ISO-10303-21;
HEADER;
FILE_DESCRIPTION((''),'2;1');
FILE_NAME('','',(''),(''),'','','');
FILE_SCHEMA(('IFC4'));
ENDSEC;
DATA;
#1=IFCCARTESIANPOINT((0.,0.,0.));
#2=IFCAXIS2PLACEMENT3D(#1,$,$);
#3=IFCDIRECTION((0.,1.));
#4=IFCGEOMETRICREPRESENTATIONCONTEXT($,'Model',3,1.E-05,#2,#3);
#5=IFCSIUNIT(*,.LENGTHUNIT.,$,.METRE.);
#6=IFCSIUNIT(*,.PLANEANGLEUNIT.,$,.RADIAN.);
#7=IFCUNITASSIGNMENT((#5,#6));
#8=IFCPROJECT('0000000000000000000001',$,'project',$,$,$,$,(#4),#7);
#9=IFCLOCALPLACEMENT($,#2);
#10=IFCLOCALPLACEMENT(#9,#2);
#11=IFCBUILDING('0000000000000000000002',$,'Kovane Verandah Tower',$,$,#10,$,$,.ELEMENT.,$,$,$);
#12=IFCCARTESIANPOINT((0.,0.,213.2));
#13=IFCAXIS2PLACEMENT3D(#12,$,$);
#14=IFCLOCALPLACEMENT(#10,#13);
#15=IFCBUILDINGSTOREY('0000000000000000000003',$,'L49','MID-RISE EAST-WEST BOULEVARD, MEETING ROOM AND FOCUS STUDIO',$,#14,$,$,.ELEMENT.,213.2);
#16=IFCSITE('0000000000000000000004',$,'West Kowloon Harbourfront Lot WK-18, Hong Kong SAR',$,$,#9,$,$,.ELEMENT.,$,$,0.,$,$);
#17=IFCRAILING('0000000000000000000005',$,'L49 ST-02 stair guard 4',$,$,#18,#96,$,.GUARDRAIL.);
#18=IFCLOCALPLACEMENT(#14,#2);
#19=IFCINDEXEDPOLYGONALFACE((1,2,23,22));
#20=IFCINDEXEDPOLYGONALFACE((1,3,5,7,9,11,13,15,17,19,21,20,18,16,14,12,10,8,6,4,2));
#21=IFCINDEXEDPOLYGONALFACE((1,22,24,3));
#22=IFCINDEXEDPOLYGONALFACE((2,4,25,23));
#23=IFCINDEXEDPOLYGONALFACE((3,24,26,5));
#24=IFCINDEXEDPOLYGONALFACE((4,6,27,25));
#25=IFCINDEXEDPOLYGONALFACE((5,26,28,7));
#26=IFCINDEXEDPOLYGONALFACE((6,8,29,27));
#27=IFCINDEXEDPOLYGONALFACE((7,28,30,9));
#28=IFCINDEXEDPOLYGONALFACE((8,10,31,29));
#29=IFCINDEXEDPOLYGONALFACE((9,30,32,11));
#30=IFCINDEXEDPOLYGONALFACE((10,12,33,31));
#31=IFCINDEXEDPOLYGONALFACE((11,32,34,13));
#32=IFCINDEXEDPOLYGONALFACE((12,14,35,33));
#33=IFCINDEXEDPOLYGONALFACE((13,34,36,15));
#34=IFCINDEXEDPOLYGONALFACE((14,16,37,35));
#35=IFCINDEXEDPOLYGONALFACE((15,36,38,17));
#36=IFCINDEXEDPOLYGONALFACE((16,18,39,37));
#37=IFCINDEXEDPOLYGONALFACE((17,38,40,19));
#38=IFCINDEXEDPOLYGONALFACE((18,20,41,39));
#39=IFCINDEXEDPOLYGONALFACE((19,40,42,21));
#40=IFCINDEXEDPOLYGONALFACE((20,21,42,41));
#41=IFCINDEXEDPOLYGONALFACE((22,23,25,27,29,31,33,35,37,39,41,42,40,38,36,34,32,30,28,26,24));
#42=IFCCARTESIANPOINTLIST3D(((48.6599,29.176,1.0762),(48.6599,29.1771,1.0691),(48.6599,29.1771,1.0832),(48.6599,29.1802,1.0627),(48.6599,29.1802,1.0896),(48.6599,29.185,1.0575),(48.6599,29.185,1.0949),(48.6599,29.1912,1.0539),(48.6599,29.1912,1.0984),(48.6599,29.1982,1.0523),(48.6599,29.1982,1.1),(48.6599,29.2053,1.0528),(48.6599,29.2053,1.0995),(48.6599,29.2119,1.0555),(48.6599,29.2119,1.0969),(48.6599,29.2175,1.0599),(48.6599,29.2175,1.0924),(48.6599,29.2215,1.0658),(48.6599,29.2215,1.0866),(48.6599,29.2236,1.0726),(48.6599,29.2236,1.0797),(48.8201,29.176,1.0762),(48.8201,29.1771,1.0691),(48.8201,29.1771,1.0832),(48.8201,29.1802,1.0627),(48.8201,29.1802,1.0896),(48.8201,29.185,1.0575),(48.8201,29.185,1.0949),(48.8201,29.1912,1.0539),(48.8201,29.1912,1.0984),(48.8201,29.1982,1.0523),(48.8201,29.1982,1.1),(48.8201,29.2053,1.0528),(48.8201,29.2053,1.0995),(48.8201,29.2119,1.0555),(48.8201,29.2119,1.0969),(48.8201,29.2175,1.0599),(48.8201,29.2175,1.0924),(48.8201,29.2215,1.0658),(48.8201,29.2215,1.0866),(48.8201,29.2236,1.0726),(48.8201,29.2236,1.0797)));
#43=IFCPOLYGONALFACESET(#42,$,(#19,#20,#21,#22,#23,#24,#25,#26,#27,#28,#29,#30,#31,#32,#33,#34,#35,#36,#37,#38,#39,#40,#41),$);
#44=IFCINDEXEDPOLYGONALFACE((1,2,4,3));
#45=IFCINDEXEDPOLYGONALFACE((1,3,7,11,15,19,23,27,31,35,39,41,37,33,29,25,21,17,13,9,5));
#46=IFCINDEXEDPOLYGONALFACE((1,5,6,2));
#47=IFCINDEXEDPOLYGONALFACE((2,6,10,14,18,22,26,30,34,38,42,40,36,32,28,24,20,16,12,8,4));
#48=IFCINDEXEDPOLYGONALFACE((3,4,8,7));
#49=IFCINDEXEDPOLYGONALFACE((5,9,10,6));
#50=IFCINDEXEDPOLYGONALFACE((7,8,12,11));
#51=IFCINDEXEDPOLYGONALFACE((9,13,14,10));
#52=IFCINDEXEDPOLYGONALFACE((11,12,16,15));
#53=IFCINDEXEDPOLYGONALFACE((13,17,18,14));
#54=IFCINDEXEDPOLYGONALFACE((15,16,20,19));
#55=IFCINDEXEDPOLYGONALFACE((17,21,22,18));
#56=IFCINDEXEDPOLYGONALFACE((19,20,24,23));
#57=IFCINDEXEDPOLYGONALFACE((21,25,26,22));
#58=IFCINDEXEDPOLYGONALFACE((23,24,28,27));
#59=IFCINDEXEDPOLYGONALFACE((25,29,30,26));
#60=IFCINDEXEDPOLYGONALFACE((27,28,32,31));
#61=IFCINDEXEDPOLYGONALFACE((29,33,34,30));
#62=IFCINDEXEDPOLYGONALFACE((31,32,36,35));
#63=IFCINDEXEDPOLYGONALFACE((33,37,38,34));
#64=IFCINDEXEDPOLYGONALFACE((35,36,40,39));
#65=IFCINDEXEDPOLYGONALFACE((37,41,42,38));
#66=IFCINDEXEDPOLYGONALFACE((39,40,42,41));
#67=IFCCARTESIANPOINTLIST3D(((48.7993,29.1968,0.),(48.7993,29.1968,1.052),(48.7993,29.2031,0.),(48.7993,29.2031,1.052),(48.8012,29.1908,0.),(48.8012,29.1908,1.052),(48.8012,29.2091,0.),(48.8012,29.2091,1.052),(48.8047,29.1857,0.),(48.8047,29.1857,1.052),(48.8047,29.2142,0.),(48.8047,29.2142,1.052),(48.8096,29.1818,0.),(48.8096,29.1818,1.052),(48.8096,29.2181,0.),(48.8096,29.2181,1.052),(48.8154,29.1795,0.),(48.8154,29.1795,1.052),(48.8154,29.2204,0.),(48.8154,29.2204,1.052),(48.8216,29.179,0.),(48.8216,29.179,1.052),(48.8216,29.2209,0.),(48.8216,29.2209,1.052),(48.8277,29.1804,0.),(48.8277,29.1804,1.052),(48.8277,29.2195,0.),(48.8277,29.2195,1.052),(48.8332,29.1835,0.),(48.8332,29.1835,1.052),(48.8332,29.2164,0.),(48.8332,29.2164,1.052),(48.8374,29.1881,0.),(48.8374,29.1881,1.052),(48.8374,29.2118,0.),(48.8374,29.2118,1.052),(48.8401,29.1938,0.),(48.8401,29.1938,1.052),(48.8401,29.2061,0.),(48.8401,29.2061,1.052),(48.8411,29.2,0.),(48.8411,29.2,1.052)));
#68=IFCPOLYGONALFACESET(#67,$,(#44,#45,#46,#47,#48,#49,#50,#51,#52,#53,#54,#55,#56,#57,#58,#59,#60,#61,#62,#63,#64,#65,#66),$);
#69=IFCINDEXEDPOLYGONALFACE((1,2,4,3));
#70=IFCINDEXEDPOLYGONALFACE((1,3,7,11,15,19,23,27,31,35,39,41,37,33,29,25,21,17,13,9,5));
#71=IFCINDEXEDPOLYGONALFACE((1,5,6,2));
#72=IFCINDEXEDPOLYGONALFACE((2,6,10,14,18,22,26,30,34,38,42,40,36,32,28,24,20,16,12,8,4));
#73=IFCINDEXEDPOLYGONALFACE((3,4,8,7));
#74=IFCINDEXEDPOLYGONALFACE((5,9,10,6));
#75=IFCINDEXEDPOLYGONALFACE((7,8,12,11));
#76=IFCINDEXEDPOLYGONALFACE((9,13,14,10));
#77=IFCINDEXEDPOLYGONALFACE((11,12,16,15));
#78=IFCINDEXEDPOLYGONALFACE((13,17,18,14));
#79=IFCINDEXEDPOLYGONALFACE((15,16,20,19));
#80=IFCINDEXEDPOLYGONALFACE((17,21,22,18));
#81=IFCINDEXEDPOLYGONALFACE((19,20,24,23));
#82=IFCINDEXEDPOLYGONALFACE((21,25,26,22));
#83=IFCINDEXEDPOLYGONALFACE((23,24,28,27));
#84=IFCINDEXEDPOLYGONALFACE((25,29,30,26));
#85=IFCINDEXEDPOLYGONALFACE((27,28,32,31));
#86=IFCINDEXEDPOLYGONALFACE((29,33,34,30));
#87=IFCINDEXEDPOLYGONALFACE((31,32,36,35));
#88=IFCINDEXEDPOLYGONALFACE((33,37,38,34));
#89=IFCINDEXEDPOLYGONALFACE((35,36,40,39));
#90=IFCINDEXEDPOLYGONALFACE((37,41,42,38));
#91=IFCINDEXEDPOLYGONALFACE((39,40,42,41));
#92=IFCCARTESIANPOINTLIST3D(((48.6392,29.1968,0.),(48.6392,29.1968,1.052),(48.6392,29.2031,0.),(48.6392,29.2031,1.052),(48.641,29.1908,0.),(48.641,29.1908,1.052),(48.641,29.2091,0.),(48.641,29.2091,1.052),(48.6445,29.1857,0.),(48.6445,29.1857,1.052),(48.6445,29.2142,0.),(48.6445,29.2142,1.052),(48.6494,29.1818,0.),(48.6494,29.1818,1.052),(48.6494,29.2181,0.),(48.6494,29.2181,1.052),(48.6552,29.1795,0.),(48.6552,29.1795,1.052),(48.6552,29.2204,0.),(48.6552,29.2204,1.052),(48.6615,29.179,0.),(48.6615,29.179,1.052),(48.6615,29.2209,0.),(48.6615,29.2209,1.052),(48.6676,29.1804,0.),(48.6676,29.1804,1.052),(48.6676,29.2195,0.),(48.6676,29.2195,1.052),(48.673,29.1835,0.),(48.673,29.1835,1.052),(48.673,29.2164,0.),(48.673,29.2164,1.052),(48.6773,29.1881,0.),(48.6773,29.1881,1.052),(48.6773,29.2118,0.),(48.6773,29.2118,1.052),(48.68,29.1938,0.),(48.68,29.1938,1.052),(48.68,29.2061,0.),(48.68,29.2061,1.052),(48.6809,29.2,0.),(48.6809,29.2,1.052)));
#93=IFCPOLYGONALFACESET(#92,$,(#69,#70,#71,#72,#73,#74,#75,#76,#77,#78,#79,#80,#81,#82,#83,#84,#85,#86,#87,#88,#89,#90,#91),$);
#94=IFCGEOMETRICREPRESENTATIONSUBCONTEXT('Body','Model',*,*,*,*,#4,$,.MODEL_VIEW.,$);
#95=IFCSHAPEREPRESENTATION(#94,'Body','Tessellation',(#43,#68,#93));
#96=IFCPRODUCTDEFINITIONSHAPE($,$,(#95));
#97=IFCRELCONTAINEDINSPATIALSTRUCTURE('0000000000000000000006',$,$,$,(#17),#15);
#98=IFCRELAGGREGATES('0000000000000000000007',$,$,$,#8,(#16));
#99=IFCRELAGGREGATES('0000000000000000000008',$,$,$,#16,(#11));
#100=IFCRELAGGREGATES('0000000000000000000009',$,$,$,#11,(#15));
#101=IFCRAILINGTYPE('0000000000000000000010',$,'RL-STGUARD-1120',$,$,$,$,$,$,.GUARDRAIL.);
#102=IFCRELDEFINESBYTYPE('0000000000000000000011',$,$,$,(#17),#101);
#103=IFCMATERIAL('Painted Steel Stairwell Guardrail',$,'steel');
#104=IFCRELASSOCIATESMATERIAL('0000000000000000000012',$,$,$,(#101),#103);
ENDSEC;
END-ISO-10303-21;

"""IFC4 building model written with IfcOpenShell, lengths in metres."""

from ifc_helpers import new_model, si_unit, direction, frame, origin, origin_2d, place, context, subcontext, project, spatial, circle, extrude, material, type_object, element, save


model = new_model("IFC4")

# Units and contexts
model_context = context("Model", 3, precision=1e-05, world=origin(), true_north=direction((0.0, 1.0)))
body_context = subcontext(model_context, "Body", "Model", "MODEL_VIEW")
ifc_project = project(units=[si_unit("LENGTHUNIT", "METRE"), si_unit("PLANEANGLEUNIT", "RADIAN")], contexts=[model_context])

# Site, building, storey
site_placement = place(None, origin())
site = spatial("IfcSite", under=ifc_project, at=site_placement, Name="West Kowloon Harbourfront Lot WK-18, Hong Kong SAR", CompositionType="ELEMENT", RefElevation=0.0)
building_placement = place(site_placement, origin())
building = spatial("IfcBuilding", under=site, at=building_placement, Name="Kovane Verandah Tower", CompositionType="ELEMENT")
storey_placement = place(building_placement, frame((0.0, 0.0, 213.2)))
storey = spatial("IfcBuildingStorey", under=building, at=storey_placement, Name="L49", Description="MID-RISE EAST-WEST BOULEVARD, MEETING ROOM AND FOCUS STUDIO", CompositionType="ELEMENT", Elevation=213.2)

# Railing
ifc_material_1 = material(Name="Painted Steel Stairwell Guardrail", Category="steel")
railing_type_1 = type_object("IfcRailingType", Name="RL-STGUARD-1120", PredefinedType="GUARDRAIL", material=ifc_material_1)
railing_1_placement = place(storey_placement, frame((48.8201, 29.2, 0.0)))
element("IfcRailing", 1, at=railing_1_placement, inside=storey, type_object=railing_type_1, Name="L49 ST-02 stair guard 4", PredefinedType="GUARDRAIL", context=body_context, shape_type="SweptSolid", body=[
    extrude(circle(Radius=0.0239, at=origin_2d()), frame((0.0, 0.0, 1.0762), z_axis=(-1.0, 0.0, 0.0), x_axis=(0.0, -1.0, 0.0)), (0.0, 0.0, 1.0), 0.1602),
    extrude(circle(Radius=0.021, at=origin_2d()), origin(), (0.0, 0.0, 1.0), 1.052),
    extrude(circle(Radius=0.021, at=origin_2d()), frame((-0.1602, 0.0, 0.0)), (0.0, 0.0, 1.0), 1.052),
])

save(model, "model.ifc")
